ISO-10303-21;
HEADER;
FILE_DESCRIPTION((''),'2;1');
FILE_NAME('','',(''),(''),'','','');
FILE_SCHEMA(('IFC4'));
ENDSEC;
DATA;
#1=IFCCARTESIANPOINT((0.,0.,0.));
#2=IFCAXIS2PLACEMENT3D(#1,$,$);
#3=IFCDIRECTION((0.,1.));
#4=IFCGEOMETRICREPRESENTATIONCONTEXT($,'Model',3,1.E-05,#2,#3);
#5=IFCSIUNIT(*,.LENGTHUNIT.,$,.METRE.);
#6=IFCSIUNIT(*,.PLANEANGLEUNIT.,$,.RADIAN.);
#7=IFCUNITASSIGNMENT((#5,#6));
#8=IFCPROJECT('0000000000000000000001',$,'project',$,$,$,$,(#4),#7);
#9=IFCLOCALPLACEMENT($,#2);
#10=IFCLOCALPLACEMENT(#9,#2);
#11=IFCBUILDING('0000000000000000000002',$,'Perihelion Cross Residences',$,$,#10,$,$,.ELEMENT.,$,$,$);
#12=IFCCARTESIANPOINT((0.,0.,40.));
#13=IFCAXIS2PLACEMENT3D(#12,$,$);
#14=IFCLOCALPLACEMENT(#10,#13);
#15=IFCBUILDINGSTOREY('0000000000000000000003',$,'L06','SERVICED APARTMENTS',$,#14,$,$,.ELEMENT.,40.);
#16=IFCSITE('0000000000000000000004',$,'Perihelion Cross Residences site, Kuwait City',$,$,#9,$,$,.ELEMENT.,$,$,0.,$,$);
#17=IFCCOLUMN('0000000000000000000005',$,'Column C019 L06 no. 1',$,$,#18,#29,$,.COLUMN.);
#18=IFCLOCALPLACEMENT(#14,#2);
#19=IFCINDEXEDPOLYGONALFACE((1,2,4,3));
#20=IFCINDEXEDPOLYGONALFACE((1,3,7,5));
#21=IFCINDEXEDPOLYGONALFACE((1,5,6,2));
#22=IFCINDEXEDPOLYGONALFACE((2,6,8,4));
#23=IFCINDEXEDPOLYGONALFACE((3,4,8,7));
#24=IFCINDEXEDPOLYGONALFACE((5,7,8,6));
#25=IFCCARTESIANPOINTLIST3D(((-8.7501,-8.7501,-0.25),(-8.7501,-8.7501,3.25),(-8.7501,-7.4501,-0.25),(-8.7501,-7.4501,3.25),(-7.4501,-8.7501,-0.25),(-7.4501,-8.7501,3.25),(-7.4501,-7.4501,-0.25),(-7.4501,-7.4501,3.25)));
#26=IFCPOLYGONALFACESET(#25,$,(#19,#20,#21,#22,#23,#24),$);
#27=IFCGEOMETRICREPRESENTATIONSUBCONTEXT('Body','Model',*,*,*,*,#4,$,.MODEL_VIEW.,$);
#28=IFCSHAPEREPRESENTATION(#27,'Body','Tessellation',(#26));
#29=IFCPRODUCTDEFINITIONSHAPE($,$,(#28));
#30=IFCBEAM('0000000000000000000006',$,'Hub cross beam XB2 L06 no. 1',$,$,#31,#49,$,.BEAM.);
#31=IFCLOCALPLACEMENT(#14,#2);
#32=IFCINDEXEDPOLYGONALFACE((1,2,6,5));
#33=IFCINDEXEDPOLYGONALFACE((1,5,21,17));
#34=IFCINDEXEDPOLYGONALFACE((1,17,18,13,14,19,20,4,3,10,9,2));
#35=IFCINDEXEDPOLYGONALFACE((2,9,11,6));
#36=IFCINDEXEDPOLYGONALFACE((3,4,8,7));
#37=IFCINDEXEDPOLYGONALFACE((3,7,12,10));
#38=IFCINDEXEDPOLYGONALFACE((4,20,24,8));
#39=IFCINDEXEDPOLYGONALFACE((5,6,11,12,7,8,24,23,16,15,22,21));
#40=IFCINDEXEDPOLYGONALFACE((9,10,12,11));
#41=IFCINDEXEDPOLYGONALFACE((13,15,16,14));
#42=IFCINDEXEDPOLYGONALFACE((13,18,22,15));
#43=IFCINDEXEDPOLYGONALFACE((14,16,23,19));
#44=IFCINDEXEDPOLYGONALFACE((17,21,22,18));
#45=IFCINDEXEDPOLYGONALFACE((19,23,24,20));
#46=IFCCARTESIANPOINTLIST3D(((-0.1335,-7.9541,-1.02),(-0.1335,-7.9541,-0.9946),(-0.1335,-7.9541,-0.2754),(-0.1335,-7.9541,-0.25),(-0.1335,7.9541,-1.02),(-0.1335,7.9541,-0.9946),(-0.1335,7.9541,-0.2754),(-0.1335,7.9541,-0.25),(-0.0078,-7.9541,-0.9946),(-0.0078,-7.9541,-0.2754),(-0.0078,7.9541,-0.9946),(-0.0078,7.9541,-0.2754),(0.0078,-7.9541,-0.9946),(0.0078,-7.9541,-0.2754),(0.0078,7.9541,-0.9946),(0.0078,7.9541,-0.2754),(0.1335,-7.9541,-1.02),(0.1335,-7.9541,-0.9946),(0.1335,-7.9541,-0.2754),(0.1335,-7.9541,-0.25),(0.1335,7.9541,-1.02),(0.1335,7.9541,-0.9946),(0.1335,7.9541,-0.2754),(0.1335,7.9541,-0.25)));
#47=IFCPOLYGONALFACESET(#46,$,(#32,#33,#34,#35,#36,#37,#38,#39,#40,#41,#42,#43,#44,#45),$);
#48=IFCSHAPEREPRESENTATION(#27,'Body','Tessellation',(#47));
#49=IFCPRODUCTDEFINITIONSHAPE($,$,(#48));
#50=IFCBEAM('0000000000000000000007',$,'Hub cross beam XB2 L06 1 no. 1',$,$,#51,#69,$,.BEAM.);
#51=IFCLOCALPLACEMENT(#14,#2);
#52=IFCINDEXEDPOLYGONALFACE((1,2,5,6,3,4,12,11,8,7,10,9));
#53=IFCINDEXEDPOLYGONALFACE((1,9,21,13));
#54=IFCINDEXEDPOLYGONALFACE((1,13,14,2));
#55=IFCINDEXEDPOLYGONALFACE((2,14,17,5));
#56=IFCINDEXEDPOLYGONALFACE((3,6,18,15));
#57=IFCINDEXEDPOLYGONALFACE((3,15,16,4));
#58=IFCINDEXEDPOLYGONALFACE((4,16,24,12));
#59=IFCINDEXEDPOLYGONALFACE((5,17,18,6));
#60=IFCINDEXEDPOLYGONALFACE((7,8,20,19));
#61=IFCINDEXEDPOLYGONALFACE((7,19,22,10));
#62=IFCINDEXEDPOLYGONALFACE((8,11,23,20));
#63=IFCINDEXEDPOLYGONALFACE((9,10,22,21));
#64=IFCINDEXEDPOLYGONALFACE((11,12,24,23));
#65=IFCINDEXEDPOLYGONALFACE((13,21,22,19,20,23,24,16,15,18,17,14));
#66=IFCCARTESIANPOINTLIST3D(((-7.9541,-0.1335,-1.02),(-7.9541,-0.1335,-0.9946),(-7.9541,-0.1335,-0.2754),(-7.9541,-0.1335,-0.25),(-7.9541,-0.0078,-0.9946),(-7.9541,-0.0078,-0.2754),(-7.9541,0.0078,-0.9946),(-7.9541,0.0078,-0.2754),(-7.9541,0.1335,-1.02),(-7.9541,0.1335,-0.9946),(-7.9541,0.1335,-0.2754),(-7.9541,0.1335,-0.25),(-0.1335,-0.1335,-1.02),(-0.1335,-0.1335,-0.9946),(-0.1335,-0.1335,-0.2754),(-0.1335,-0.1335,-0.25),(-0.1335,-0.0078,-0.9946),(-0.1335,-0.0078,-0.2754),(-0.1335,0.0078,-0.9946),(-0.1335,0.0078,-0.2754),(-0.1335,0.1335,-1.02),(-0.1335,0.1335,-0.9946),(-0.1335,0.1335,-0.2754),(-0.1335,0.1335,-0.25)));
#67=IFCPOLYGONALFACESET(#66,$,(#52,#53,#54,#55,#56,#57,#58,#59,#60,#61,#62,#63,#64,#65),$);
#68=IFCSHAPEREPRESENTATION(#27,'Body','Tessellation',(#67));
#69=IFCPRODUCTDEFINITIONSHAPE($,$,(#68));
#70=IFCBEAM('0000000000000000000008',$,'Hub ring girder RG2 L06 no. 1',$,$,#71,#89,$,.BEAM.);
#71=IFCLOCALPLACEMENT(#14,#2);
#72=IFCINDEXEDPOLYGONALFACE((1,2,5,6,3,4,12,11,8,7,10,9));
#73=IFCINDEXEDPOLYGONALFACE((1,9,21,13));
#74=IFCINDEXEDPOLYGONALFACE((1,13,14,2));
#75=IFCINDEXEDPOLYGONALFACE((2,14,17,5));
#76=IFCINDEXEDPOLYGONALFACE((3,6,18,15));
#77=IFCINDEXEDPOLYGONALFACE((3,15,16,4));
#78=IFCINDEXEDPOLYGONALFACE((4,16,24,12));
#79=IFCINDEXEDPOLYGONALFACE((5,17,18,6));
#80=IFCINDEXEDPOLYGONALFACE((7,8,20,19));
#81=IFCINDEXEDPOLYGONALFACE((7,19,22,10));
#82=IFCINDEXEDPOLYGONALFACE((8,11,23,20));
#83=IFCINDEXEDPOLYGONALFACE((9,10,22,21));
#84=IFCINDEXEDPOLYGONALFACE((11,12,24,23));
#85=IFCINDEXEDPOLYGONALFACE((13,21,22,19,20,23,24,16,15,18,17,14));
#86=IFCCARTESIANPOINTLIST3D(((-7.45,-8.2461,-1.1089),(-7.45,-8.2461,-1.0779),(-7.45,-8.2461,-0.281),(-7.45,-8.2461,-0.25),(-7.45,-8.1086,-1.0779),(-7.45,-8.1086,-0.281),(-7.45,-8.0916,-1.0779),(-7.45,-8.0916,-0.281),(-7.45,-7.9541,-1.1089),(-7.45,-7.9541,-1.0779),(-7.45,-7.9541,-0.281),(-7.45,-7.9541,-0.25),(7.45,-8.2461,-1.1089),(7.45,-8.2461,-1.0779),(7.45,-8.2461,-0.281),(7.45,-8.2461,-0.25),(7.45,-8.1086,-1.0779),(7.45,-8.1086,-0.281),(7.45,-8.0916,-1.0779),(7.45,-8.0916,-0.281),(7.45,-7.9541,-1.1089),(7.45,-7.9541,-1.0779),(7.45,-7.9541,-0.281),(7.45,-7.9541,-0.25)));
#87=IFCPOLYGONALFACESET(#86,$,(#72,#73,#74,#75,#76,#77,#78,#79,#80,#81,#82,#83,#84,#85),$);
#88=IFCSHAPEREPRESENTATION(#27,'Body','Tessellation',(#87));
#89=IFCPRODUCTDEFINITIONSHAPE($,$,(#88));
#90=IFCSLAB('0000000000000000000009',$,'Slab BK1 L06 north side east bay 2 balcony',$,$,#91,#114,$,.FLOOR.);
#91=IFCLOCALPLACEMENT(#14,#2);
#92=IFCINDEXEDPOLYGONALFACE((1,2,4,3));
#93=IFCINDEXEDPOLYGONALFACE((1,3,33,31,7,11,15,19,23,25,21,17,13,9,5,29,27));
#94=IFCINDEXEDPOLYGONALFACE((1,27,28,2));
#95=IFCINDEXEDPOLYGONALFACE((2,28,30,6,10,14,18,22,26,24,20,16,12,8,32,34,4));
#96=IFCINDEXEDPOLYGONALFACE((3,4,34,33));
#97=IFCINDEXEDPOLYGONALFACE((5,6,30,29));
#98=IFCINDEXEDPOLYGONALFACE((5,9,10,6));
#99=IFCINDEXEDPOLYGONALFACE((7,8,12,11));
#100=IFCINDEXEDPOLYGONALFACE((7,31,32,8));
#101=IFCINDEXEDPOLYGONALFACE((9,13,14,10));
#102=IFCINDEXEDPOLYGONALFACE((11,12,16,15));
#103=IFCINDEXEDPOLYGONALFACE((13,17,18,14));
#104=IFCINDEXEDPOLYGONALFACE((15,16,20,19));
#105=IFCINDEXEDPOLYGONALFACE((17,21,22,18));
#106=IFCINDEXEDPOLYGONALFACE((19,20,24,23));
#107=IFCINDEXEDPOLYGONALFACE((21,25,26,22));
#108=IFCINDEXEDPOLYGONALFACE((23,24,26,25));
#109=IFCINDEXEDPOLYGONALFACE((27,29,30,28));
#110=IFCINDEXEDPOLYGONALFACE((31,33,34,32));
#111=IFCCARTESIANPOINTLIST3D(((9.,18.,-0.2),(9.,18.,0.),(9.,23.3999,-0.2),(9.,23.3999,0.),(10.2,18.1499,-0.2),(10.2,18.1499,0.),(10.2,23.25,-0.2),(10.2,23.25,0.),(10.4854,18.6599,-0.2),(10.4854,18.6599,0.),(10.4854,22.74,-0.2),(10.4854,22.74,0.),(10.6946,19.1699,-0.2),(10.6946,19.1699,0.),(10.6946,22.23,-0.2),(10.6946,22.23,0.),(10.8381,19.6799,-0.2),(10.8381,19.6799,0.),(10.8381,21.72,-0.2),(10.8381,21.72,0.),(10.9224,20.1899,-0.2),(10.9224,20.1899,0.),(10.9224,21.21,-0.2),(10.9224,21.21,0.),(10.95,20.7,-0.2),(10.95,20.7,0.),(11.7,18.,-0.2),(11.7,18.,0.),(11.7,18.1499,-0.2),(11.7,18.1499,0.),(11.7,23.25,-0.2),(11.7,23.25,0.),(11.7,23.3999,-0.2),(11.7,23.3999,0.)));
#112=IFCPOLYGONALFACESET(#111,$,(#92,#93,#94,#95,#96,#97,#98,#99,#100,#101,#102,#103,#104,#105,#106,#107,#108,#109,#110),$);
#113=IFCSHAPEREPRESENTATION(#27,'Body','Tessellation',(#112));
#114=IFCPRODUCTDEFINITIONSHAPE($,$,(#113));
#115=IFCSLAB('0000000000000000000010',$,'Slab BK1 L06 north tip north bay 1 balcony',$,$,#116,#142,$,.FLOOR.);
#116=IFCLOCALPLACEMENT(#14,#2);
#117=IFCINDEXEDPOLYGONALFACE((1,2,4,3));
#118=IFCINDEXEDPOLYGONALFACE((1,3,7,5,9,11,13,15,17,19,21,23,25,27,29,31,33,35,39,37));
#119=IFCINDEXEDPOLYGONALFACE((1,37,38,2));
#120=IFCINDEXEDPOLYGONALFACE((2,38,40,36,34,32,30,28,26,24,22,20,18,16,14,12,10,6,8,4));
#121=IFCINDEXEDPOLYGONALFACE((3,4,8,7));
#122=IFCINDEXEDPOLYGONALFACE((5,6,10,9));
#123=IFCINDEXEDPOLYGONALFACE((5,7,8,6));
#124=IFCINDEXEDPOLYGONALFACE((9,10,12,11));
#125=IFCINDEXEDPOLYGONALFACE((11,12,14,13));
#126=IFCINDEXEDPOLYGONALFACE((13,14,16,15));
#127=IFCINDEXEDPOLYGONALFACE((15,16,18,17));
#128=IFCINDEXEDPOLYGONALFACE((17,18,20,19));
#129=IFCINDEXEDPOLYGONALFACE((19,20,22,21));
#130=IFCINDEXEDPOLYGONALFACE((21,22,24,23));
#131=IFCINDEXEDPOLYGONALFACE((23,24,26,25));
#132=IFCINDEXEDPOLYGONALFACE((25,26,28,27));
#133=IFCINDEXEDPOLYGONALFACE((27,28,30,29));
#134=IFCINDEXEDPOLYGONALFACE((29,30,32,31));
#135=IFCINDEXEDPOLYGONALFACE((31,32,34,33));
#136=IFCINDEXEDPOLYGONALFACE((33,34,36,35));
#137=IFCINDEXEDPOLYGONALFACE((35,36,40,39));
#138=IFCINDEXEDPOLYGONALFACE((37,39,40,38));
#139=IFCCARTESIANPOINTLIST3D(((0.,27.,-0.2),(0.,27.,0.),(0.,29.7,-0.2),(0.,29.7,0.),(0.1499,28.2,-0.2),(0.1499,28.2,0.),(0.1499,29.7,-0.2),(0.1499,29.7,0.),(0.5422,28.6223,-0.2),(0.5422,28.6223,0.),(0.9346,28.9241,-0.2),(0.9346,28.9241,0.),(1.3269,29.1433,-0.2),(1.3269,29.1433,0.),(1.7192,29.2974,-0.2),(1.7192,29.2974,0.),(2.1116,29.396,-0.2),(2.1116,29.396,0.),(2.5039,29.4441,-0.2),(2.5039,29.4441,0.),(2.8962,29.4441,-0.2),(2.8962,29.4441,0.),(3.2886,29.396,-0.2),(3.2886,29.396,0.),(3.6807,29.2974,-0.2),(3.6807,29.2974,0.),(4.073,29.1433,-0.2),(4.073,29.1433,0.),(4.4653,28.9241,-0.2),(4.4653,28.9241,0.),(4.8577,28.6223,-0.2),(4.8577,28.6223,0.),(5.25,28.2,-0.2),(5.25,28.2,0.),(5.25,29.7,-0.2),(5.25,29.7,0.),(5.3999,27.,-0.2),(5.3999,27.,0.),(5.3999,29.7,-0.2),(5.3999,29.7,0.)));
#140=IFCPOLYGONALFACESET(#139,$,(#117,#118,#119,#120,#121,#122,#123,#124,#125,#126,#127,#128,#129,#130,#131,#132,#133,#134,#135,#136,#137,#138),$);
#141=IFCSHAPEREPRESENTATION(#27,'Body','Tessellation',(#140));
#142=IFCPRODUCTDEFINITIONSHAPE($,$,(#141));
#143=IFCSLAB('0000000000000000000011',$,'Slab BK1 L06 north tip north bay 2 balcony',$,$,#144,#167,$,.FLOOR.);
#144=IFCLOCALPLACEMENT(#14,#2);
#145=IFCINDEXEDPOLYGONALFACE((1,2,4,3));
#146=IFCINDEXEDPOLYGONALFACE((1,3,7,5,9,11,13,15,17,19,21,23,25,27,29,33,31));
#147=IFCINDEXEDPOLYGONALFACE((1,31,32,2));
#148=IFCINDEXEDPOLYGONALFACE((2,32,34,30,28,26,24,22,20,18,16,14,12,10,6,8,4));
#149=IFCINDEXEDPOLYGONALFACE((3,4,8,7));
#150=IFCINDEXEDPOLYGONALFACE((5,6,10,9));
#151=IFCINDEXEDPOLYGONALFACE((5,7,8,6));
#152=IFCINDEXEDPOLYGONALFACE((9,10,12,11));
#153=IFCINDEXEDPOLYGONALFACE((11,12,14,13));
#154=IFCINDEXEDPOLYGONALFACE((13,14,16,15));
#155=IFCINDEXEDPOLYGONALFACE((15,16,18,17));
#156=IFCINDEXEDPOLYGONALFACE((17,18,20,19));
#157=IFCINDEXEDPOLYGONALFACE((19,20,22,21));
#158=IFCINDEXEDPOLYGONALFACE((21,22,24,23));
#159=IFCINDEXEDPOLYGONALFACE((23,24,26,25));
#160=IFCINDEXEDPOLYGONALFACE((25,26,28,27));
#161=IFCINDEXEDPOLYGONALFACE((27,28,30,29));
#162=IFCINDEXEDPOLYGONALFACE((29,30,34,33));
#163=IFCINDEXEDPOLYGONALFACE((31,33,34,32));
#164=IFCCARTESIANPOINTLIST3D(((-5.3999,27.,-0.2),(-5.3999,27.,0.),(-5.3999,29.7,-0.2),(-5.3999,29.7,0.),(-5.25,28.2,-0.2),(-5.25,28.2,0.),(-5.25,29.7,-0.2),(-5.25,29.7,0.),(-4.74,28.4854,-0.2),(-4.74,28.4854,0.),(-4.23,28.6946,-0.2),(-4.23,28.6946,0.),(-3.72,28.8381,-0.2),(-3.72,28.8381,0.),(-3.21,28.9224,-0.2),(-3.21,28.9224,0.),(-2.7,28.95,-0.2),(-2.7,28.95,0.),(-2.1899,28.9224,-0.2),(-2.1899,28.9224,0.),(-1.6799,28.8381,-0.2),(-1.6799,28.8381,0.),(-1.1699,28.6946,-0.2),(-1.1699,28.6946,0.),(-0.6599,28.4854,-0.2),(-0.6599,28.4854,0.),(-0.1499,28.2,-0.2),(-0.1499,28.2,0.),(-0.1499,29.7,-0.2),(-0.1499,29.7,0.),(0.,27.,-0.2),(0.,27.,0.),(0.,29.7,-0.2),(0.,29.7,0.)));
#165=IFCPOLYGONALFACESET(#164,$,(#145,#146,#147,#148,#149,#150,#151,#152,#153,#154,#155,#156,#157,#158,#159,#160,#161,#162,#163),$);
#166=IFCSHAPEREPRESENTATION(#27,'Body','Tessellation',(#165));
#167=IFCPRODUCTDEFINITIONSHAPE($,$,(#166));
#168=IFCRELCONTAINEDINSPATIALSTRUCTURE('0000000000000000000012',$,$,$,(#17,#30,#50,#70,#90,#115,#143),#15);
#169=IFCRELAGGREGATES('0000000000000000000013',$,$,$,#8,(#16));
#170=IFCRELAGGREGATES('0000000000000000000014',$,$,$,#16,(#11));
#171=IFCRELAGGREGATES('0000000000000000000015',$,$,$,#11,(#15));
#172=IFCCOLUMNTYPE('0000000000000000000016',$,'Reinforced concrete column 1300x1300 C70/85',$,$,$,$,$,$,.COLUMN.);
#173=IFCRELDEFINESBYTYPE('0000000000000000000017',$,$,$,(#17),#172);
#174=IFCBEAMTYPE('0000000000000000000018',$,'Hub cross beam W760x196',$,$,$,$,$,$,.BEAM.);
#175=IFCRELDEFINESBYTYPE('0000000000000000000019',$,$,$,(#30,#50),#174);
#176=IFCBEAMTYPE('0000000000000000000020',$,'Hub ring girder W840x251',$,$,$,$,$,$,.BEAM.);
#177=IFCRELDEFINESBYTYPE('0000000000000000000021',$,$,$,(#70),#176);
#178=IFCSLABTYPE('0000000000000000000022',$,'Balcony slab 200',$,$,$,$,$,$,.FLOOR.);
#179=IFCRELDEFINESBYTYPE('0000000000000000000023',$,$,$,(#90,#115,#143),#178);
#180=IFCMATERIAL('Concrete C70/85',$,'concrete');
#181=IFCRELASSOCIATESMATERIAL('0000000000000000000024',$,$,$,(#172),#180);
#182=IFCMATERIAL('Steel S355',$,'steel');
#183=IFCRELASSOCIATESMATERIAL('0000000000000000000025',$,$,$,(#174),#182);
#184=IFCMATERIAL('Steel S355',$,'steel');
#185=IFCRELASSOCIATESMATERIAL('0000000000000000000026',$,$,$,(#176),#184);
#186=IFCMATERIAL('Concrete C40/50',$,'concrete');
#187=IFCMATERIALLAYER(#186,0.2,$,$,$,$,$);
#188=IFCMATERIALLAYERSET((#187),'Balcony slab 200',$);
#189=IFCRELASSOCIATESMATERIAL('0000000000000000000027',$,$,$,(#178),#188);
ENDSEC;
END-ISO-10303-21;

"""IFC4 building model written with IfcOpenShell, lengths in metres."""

from ifc_helpers import new_model, si_unit, direction, frame, origin, origin_2d, place, context, subcontext, project, spatial, polyline, rectangle, i_section, outline, extrude, material, layer, layer_set, material_profile, profile_set, type_object, element, save


model = new_model("IFC4")

# Units and contexts
model_context = context("Model", 3, precision=1e-05, world=origin(), true_north=direction((0.0, 1.0)))
body_context = subcontext(model_context, "Body", "Model", "MODEL_VIEW")
ifc_project = project(units=[si_unit("LENGTHUNIT", "METRE"), si_unit("PLANEANGLEUNIT", "RADIAN")], contexts=[model_context])

# Site, building, storey
site_placement = place(None, origin())
site = spatial("IfcSite", under=ifc_project, at=site_placement, Name="Perihelion Cross Residences site, Kuwait City", CompositionType="ELEMENT", RefElevation=0.0)
building_placement = place(site_placement, origin())
building = spatial("IfcBuilding", under=site, at=building_placement, Name="Perihelion Cross Residences", CompositionType="ELEMENT")
storey_placement = place(building_placement, frame((0.0, 0.0, 40.0)))
storey = spatial("IfcBuildingStorey", under=building, at=storey_placement, Name="L06", Description="SERVICED APARTMENTS", CompositionType="ELEMENT", Elevation=40.0)

# Column
ifc_material_1 = material(Name="Concrete C70/85", Category="concrete")
ifc_material_profile_1 = material_profile(ifc_material_1, rectangle(XDim=1.3, YDim=1.3, at=origin_2d()), Name="RC 1300x1300")
ifc_profile_set_1 = profile_set([ifc_material_profile_1], Name="Concrete C70/85")
column_type = type_object("IfcColumnType", Name="Reinforced concrete column 1300x1300 C70/85", PredefinedType="COLUMN", material=ifc_profile_set_1)
column_placement = place(storey_placement, frame((-8.1001, -8.1001, -0.25), z_axis=(0.0, 0.0, 1.0), x_axis=(1.0, 0.0, 0.0)))
element("IfcColumn", 1, at=column_placement, inside=storey, type_object=column_type, Name="Column C019 L06 no. 1", PredefinedType="COLUMN", context=body_context, shape_type="SweptSolid", body=[
    extrude(rectangle(XDim=1.3, YDim=1.3, at=origin_2d()), origin(), (0.0, 0.0, 1.0), 3.5),
])

# Beams
ifc_material_2 = material(Name="Steel S355", Category="steel")
ifc_material_profile_2 = material_profile(ifc_material_2, i_section(OverallWidth=0.2671, OverallDepth=0.77, WebThickness=0.0156, FlangeThickness=0.0254, at=origin_2d()), Name="W760x196")
ifc_profile_set_2 = profile_set([ifc_material_profile_2], Name="Steel S355")
beam_type_1 = type_object("IfcBeamType", Name="Hub cross beam W760x196", PredefinedType="BEAM", material=ifc_profile_set_2)
beam_1_placement = place(storey_placement, frame((0.0, -7.9541, -0.635), z_axis=(0.0, 1.0, 0.0), x_axis=(-1.0, 0.0, 0.0)))
element("IfcBeam", 2, at=beam_1_placement, inside=storey, type_object=beam_type_1, Name="Hub cross beam XB2 L06 no. 1", PredefinedType="BEAM", context=body_context, shape_type="SweptSolid", body=[
    extrude(i_section(OverallWidth=0.2671, OverallDepth=0.77, WebThickness=0.0156, FlangeThickness=0.0254, at=origin_2d()), origin(), (0.0, 0.0, 1.0), 15.9082),
])
beam_2_placement = place(storey_placement, frame((-7.9541, 0.0, -0.635), z_axis=(1.0, 0.0, 0.0), x_axis=(0.0, 1.0, 0.0)))
element("IfcBeam", 3, at=beam_2_placement, inside=storey, type_object=beam_type_1, Name="Hub cross beam XB2 L06 1 no. 1", PredefinedType="BEAM", context=body_context, shape_type="SweptSolid", body=[
    extrude(i_section(OverallWidth=0.2671, OverallDepth=0.77, WebThickness=0.0156, FlangeThickness=0.0254, at=origin_2d()), origin(), (0.0, 0.0, 1.0), 7.8206),
])
ifc_material_3 = material(Name="Steel S355", Category="steel")
ifc_material_profile_3 = material_profile(ifc_material_3, i_section(OverallWidth=0.292, OverallDepth=0.8589, WebThickness=0.0171, FlangeThickness=0.031, at=origin_2d()), Name="W840x251")
ifc_profile_set_3 = profile_set([ifc_material_profile_3], Name="Steel S355")
beam_type_2 = type_object("IfcBeamType", Name="Hub ring girder W840x251", PredefinedType="BEAM", material=ifc_profile_set_3)
beam_3_placement = place(storey_placement, frame((-7.45, -8.1001, -0.6794), z_axis=(1.0, 0.0, 0.0), x_axis=(0.0, 1.0, 0.0)))
element("IfcBeam", 4, at=beam_3_placement, inside=storey, type_object=beam_type_2, Name="Hub ring girder RG2 L06 no. 1", PredefinedType="BEAM", context=body_context, shape_type="SweptSolid", body=[
    extrude(i_section(OverallWidth=0.292, OverallDepth=0.8589, WebThickness=0.0171, FlangeThickness=0.031, at=origin_2d()), origin(), (0.0, 0.0, 1.0), 14.8999),
])

# Slabs
ifc_material_4 = material(Name="Concrete C40/50", Category="concrete")
ifc_layer_1 = layer(ifc_material_4, 0.2)
ifc_layer_set_1 = layer_set([ifc_layer_1], Name="Balcony slab 200")
slab_type_1 = type_object("IfcSlabType", Name="Balcony slab 200", PredefinedType="FLOOR", material=ifc_layer_set_1)
slab_1_placement = place(storey_placement, frame((0.0, 0.0, -0.2)))
element("IfcSlab", 5, at=slab_1_placement, inside=storey, type_object=slab_type_1, Name="Slab BK1 L06 north side east bay 2 balcony", PredefinedType="FLOOR", context=body_context, shape_type="SweptSolid", body=[
    extrude(outline(polyline([(9.0, 18.0), (9.0, 23.3999), (11.7, 23.3999), (11.7, 23.25), (10.2, 23.25), (10.4854, 22.74), (10.6946, 22.23), (10.8381, 21.72), (10.9224, 21.21), (10.95, 20.7), (10.9224, 20.1899), (10.8381, 19.6799), (10.6946, 19.1699), (10.4854, 18.6599), (10.2, 18.1499), (11.7, 18.1499), (11.7, 18.0), (9.0, 18.0)])), origin(), (0.0, 0.0, 1.0), 0.2),
])
slab_2_placement = place(storey_placement, frame((0.0, 0.0, -0.2)))
element("IfcSlab", 6, at=slab_2_placement, inside=storey, type_object=slab_type_1, Name="Slab BK1 L06 north tip north bay 1 balcony", PredefinedType="FLOOR", context=body_context, shape_type="SweptSolid", body=[
    extrude(outline(polyline([(5.3999, 27.0), (0.0, 27.0), (0.0, 29.7), (0.1499, 29.7), (0.1499, 28.2), (0.5422, 28.6223), (0.9346, 28.9241), (1.3269, 29.1433), (1.7192, 29.2974), (2.1116, 29.396), (2.5039, 29.4441), (2.8962, 29.4441), (3.2886, 29.396), (3.6807, 29.2974), (4.073, 29.1433), (4.4653, 28.9241), (4.8577, 28.6223), (5.25, 28.2), (5.25, 29.7), (5.3999, 29.7), (5.3999, 27.0)])), origin(), (0.0, 0.0, 1.0), 0.2),
])
slab_3_placement = place(storey_placement, frame((0.0, 0.0, -0.2)))
element("IfcSlab", 7, at=slab_3_placement, inside=storey, type_object=slab_type_1, Name="Slab BK1 L06 north tip north bay 2 balcony", PredefinedType="FLOOR", context=body_context, shape_type="SweptSolid", body=[
    extrude(outline(polyline([(0.0, 27.0), (-5.3999, 27.0), (-5.3999, 29.7), (-5.25, 29.7), (-5.25, 28.2), (-4.74, 28.4854), (-4.23, 28.6946), (-3.72, 28.8381), (-3.21, 28.9224), (-2.7, 28.95), (-2.1899, 28.9224), (-1.6799, 28.8381), (-1.1699, 28.6946), (-0.6599, 28.4854), (-0.1499, 28.2), (-0.1499, 29.7), (0.0, 29.7), (0.0, 27.0)])), origin(), (0.0, 0.0, 1.0), 0.2),
])

save(model, "model.ifc")
